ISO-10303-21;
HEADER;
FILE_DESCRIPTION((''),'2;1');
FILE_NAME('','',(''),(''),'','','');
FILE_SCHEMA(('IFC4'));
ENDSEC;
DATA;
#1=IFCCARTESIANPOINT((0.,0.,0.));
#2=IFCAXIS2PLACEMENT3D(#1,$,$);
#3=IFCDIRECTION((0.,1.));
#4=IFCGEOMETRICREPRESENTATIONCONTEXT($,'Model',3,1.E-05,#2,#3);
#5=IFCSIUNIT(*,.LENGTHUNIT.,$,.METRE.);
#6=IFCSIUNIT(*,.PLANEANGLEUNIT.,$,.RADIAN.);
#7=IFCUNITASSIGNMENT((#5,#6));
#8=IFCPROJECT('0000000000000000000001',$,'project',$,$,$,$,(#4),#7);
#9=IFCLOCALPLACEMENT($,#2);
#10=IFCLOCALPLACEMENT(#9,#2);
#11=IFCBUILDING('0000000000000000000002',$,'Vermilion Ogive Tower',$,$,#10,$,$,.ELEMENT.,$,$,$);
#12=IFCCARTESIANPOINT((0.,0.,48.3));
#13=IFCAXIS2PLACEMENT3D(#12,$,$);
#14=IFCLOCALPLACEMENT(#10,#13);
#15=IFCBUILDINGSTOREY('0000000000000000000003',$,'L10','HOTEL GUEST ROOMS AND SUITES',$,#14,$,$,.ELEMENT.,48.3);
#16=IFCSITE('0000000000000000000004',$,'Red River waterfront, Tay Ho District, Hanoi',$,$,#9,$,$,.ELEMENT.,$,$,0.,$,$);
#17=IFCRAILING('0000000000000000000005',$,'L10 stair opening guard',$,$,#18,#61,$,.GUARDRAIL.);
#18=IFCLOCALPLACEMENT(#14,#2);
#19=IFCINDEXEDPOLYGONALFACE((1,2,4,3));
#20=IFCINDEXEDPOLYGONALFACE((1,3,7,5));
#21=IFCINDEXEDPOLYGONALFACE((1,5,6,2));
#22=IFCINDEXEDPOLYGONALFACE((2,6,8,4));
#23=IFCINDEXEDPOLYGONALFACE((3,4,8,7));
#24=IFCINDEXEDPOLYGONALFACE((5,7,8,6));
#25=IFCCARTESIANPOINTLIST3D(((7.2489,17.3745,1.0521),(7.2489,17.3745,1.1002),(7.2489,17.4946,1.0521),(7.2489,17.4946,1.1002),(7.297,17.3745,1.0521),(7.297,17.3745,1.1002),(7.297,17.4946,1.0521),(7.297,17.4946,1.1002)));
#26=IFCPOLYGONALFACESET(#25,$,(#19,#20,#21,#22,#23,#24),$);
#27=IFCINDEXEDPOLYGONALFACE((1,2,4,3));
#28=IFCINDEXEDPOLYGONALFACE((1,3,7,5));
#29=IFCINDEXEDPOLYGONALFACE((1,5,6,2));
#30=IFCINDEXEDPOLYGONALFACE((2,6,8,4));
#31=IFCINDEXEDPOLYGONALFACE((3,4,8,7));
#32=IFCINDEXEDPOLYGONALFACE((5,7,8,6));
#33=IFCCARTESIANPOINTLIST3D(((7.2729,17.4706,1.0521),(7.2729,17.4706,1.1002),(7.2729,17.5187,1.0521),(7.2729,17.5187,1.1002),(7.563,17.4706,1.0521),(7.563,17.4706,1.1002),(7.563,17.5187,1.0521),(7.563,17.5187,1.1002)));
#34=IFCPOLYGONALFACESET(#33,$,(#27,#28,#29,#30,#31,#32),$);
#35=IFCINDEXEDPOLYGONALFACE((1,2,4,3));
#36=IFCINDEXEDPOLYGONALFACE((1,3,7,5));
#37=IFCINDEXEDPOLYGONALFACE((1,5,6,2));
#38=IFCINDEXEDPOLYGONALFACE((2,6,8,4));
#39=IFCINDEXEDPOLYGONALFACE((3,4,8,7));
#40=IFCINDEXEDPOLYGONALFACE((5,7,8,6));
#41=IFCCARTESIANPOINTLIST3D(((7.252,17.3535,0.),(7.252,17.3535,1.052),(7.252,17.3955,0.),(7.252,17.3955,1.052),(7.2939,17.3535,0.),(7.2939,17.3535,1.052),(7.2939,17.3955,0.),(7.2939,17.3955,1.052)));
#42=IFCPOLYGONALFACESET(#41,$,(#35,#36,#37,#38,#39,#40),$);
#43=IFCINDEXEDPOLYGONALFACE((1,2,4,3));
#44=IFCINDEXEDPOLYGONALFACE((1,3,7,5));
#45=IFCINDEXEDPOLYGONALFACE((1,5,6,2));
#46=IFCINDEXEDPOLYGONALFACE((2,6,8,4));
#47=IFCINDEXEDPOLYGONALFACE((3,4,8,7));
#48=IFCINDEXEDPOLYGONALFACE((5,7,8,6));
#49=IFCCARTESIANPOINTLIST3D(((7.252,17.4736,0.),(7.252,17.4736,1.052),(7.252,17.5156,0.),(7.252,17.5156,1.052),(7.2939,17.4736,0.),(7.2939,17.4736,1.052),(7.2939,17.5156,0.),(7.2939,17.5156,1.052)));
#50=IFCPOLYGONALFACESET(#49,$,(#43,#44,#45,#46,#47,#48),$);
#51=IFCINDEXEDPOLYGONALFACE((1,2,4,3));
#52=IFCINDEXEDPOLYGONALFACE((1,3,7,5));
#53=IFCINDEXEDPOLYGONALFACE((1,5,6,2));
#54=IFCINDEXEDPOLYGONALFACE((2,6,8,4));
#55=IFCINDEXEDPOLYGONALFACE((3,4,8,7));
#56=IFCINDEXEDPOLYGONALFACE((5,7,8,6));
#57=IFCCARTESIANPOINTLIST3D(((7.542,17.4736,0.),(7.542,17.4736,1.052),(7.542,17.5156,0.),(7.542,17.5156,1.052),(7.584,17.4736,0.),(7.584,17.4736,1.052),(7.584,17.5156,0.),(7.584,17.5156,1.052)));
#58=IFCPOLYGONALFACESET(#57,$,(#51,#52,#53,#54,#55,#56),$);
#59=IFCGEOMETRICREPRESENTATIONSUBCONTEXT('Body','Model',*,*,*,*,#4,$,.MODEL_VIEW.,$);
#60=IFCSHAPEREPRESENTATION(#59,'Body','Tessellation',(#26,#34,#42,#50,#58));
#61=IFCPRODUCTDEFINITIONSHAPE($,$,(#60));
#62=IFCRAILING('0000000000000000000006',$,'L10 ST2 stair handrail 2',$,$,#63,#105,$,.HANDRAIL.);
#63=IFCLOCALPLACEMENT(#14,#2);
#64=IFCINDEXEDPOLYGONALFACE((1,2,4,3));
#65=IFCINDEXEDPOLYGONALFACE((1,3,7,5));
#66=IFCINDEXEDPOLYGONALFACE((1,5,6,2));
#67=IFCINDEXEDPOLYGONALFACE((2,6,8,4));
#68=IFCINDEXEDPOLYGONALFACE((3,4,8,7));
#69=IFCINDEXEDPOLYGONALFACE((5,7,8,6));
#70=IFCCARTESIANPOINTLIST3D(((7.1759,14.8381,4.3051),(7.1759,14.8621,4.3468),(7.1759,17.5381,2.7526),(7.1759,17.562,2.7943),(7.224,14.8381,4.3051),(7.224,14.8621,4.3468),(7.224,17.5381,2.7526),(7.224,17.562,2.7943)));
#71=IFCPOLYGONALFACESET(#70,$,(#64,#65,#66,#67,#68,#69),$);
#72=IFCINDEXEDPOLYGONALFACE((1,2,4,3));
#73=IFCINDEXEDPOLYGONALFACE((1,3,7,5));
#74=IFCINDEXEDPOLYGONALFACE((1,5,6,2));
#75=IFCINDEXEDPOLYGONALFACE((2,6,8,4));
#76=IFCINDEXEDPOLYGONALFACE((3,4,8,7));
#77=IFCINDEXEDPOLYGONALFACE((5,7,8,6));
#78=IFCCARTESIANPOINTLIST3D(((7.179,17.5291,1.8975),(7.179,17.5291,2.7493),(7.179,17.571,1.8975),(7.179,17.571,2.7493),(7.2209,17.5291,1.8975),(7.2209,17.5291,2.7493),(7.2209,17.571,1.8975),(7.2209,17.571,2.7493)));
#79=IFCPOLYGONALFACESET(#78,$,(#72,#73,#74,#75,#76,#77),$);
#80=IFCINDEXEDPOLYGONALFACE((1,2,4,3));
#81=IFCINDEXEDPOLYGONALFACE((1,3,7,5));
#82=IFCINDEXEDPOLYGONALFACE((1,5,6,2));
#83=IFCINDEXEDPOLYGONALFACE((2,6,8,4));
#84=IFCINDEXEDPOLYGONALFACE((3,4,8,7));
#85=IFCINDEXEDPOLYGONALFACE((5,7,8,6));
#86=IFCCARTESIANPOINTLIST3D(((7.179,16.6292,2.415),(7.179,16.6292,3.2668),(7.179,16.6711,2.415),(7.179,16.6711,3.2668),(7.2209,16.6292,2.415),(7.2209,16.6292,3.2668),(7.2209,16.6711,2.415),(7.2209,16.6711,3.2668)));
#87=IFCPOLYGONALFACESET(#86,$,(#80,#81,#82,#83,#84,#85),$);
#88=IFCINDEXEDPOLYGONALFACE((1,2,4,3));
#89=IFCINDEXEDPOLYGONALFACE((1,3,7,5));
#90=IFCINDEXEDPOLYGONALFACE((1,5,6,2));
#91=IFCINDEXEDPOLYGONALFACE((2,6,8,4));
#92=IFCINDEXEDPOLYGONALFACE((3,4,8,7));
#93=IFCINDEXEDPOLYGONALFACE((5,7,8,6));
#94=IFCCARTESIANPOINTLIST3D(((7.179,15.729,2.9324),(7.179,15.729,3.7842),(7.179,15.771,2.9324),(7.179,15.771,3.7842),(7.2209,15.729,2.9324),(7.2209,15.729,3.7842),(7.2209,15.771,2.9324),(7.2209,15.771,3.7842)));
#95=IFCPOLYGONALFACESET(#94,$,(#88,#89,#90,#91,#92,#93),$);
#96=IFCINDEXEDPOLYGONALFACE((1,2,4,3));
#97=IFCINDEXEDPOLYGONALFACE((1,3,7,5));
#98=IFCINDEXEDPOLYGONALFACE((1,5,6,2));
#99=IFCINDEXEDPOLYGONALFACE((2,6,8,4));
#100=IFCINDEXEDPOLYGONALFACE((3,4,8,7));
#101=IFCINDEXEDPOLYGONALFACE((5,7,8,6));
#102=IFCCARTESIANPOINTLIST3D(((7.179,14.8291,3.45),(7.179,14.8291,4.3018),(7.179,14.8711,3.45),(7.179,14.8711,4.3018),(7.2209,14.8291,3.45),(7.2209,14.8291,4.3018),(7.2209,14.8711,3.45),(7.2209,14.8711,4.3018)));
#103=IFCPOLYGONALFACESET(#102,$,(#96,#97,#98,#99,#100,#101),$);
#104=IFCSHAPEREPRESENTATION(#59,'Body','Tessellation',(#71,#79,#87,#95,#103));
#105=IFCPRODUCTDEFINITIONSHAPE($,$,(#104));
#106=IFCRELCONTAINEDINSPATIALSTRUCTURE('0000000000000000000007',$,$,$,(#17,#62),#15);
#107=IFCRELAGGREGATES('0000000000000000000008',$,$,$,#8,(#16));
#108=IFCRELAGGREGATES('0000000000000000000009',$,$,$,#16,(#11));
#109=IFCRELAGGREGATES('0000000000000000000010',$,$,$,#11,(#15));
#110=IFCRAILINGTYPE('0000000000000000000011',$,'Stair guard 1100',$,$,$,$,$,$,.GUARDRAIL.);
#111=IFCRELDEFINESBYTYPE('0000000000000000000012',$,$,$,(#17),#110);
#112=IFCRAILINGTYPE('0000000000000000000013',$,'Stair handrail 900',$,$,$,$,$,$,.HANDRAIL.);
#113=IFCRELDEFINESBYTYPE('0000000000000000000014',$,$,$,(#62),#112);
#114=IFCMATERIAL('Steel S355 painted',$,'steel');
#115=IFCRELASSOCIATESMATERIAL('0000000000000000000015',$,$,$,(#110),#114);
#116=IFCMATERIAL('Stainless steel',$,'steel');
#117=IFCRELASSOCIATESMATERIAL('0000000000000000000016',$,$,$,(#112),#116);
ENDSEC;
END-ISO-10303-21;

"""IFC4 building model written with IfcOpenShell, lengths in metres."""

from ifc_helpers import new_model, si_unit, direction, frame, origin, origin_2d, place, context, subcontext, project, spatial, rectangle, extrude, material, type_object, element, save


model = new_model("IFC4")

# Units and contexts
model_context = context("Model", 3, precision=1e-05, world=origin(), true_north=direction((0.0, 1.0)))
body_context = subcontext(model_context, "Body", "Model", "MODEL_VIEW")
ifc_project = project(units=[si_unit("LENGTHUNIT", "METRE"), si_unit("PLANEANGLEUNIT", "RADIAN")], contexts=[model_context])

# Site, building, storey
site_placement = place(None, origin())
site = spatial("IfcSite", under=ifc_project, at=site_placement, Name="Red River waterfront, Tay Ho District, Hanoi", CompositionType="ELEMENT", RefElevation=0.0)
building_placement = place(site_placement, origin())
building = spatial("IfcBuilding", under=site, at=building_placement, Name="Vermilion Ogive Tower", CompositionType="ELEMENT")
storey_placement = place(building_placement, frame((0.0, 0.0, 48.3)))
storey = spatial("IfcBuildingStorey", under=building, at=storey_placement, Name="L10", Description="HOTEL GUEST ROOMS AND SUITES", CompositionType="ELEMENT", Elevation=48.3)

# Railings
ifc_material_1 = material(Name="Steel S355 painted", Category="steel")
railing_type_1 = type_object("IfcRailingType", Name="Stair guard 1100", PredefinedType="GUARDRAIL", material=ifc_material_1)
railing_1_placement = place(storey_placement, frame((7.2729, 17.3745, 0.0)))
element("IfcRailing", 1, at=railing_1_placement, inside=storey, type_object=railing_type_1, Name="L10 stair opening guard", PredefinedType="GUARDRAIL", context=body_context, shape_type="SweptSolid", body=[
    extrude(rectangle(XDim=0.0481, YDim=0.0481, at=origin_2d()), frame((0.0, 0.0, 1.0762), z_axis=(0.0, 1.0, 0.0), x_axis=(-1.0, 0.0, 0.0)), (0.0, 0.0, 1.0), 0.1201),
    extrude(rectangle(XDim=0.0481, YDim=0.0481, at=origin_2d()), frame((0.0, 0.1201, 1.0762), z_axis=(1.0, 0.0, 0.0), x_axis=(0.0, 1.0, 0.0)), (0.0, 0.0, 1.0), 0.29),
    extrude(rectangle(XDim=0.042, YDim=0.042, at=origin_2d()), origin(), (0.0, 0.0, 1.0), 1.052),
    extrude(rectangle(XDim=0.042, YDim=0.042, at=origin_2d()), frame((0.0, 0.1201, 0.0)), (0.0, 0.0, 1.0), 1.052),
    extrude(rectangle(XDim=0.042, YDim=0.042, at=origin_2d()), frame((0.29, 0.1201, 0.0)), (0.0, 0.0, 1.0), 1.052),
])
ifc_material_2 = material(Name="Stainless steel", Category="steel")
railing_type_2 = type_object("IfcRailingType", Name="Stair handrail 900", PredefinedType="HANDRAIL", material=ifc_material_2)
railing_2_placement = place(storey_placement, frame((7.2, 17.55, 1.8975)))
element("IfcRailing", 2, at=railing_2_placement, inside=storey, type_object=railing_type_2, Name="L10 ST2 stair handrail 2", PredefinedType="HANDRAIL", context=body_context, shape_type="SweptSolid", body=[
    extrude(rectangle(XDim=0.0481, YDim=0.0481, at=origin_2d()), frame((0.0, 0.0, 0.876), z_axis=(0.0, -0.866904, 0.498476), x_axis=(1.0, 0.0, 0.0)), (0.0, 0.0, 1.0), 3.1145),
    extrude(rectangle(XDim=0.042, YDim=0.042, at=origin_2d()), origin(), (0.0, 0.0, 1.0), 0.8518),
    extrude(rectangle(XDim=0.042, YDim=0.042, at=origin_2d()), frame((0.0, -0.8999, 0.5176)), (0.0, 0.0, 1.0), 0.8518),
    extrude(rectangle(XDim=0.042, YDim=0.042, at=origin_2d()), frame((0.0, -1.8, 1.0349)), (0.0, 0.0, 1.0), 0.8518),
    extrude(rectangle(XDim=0.042, YDim=0.042, at=origin_2d()), frame((0.0, -2.7, 1.5525)), (0.0, 0.0, 1.0), 0.8518),
])

save(model, "model.ifc")
